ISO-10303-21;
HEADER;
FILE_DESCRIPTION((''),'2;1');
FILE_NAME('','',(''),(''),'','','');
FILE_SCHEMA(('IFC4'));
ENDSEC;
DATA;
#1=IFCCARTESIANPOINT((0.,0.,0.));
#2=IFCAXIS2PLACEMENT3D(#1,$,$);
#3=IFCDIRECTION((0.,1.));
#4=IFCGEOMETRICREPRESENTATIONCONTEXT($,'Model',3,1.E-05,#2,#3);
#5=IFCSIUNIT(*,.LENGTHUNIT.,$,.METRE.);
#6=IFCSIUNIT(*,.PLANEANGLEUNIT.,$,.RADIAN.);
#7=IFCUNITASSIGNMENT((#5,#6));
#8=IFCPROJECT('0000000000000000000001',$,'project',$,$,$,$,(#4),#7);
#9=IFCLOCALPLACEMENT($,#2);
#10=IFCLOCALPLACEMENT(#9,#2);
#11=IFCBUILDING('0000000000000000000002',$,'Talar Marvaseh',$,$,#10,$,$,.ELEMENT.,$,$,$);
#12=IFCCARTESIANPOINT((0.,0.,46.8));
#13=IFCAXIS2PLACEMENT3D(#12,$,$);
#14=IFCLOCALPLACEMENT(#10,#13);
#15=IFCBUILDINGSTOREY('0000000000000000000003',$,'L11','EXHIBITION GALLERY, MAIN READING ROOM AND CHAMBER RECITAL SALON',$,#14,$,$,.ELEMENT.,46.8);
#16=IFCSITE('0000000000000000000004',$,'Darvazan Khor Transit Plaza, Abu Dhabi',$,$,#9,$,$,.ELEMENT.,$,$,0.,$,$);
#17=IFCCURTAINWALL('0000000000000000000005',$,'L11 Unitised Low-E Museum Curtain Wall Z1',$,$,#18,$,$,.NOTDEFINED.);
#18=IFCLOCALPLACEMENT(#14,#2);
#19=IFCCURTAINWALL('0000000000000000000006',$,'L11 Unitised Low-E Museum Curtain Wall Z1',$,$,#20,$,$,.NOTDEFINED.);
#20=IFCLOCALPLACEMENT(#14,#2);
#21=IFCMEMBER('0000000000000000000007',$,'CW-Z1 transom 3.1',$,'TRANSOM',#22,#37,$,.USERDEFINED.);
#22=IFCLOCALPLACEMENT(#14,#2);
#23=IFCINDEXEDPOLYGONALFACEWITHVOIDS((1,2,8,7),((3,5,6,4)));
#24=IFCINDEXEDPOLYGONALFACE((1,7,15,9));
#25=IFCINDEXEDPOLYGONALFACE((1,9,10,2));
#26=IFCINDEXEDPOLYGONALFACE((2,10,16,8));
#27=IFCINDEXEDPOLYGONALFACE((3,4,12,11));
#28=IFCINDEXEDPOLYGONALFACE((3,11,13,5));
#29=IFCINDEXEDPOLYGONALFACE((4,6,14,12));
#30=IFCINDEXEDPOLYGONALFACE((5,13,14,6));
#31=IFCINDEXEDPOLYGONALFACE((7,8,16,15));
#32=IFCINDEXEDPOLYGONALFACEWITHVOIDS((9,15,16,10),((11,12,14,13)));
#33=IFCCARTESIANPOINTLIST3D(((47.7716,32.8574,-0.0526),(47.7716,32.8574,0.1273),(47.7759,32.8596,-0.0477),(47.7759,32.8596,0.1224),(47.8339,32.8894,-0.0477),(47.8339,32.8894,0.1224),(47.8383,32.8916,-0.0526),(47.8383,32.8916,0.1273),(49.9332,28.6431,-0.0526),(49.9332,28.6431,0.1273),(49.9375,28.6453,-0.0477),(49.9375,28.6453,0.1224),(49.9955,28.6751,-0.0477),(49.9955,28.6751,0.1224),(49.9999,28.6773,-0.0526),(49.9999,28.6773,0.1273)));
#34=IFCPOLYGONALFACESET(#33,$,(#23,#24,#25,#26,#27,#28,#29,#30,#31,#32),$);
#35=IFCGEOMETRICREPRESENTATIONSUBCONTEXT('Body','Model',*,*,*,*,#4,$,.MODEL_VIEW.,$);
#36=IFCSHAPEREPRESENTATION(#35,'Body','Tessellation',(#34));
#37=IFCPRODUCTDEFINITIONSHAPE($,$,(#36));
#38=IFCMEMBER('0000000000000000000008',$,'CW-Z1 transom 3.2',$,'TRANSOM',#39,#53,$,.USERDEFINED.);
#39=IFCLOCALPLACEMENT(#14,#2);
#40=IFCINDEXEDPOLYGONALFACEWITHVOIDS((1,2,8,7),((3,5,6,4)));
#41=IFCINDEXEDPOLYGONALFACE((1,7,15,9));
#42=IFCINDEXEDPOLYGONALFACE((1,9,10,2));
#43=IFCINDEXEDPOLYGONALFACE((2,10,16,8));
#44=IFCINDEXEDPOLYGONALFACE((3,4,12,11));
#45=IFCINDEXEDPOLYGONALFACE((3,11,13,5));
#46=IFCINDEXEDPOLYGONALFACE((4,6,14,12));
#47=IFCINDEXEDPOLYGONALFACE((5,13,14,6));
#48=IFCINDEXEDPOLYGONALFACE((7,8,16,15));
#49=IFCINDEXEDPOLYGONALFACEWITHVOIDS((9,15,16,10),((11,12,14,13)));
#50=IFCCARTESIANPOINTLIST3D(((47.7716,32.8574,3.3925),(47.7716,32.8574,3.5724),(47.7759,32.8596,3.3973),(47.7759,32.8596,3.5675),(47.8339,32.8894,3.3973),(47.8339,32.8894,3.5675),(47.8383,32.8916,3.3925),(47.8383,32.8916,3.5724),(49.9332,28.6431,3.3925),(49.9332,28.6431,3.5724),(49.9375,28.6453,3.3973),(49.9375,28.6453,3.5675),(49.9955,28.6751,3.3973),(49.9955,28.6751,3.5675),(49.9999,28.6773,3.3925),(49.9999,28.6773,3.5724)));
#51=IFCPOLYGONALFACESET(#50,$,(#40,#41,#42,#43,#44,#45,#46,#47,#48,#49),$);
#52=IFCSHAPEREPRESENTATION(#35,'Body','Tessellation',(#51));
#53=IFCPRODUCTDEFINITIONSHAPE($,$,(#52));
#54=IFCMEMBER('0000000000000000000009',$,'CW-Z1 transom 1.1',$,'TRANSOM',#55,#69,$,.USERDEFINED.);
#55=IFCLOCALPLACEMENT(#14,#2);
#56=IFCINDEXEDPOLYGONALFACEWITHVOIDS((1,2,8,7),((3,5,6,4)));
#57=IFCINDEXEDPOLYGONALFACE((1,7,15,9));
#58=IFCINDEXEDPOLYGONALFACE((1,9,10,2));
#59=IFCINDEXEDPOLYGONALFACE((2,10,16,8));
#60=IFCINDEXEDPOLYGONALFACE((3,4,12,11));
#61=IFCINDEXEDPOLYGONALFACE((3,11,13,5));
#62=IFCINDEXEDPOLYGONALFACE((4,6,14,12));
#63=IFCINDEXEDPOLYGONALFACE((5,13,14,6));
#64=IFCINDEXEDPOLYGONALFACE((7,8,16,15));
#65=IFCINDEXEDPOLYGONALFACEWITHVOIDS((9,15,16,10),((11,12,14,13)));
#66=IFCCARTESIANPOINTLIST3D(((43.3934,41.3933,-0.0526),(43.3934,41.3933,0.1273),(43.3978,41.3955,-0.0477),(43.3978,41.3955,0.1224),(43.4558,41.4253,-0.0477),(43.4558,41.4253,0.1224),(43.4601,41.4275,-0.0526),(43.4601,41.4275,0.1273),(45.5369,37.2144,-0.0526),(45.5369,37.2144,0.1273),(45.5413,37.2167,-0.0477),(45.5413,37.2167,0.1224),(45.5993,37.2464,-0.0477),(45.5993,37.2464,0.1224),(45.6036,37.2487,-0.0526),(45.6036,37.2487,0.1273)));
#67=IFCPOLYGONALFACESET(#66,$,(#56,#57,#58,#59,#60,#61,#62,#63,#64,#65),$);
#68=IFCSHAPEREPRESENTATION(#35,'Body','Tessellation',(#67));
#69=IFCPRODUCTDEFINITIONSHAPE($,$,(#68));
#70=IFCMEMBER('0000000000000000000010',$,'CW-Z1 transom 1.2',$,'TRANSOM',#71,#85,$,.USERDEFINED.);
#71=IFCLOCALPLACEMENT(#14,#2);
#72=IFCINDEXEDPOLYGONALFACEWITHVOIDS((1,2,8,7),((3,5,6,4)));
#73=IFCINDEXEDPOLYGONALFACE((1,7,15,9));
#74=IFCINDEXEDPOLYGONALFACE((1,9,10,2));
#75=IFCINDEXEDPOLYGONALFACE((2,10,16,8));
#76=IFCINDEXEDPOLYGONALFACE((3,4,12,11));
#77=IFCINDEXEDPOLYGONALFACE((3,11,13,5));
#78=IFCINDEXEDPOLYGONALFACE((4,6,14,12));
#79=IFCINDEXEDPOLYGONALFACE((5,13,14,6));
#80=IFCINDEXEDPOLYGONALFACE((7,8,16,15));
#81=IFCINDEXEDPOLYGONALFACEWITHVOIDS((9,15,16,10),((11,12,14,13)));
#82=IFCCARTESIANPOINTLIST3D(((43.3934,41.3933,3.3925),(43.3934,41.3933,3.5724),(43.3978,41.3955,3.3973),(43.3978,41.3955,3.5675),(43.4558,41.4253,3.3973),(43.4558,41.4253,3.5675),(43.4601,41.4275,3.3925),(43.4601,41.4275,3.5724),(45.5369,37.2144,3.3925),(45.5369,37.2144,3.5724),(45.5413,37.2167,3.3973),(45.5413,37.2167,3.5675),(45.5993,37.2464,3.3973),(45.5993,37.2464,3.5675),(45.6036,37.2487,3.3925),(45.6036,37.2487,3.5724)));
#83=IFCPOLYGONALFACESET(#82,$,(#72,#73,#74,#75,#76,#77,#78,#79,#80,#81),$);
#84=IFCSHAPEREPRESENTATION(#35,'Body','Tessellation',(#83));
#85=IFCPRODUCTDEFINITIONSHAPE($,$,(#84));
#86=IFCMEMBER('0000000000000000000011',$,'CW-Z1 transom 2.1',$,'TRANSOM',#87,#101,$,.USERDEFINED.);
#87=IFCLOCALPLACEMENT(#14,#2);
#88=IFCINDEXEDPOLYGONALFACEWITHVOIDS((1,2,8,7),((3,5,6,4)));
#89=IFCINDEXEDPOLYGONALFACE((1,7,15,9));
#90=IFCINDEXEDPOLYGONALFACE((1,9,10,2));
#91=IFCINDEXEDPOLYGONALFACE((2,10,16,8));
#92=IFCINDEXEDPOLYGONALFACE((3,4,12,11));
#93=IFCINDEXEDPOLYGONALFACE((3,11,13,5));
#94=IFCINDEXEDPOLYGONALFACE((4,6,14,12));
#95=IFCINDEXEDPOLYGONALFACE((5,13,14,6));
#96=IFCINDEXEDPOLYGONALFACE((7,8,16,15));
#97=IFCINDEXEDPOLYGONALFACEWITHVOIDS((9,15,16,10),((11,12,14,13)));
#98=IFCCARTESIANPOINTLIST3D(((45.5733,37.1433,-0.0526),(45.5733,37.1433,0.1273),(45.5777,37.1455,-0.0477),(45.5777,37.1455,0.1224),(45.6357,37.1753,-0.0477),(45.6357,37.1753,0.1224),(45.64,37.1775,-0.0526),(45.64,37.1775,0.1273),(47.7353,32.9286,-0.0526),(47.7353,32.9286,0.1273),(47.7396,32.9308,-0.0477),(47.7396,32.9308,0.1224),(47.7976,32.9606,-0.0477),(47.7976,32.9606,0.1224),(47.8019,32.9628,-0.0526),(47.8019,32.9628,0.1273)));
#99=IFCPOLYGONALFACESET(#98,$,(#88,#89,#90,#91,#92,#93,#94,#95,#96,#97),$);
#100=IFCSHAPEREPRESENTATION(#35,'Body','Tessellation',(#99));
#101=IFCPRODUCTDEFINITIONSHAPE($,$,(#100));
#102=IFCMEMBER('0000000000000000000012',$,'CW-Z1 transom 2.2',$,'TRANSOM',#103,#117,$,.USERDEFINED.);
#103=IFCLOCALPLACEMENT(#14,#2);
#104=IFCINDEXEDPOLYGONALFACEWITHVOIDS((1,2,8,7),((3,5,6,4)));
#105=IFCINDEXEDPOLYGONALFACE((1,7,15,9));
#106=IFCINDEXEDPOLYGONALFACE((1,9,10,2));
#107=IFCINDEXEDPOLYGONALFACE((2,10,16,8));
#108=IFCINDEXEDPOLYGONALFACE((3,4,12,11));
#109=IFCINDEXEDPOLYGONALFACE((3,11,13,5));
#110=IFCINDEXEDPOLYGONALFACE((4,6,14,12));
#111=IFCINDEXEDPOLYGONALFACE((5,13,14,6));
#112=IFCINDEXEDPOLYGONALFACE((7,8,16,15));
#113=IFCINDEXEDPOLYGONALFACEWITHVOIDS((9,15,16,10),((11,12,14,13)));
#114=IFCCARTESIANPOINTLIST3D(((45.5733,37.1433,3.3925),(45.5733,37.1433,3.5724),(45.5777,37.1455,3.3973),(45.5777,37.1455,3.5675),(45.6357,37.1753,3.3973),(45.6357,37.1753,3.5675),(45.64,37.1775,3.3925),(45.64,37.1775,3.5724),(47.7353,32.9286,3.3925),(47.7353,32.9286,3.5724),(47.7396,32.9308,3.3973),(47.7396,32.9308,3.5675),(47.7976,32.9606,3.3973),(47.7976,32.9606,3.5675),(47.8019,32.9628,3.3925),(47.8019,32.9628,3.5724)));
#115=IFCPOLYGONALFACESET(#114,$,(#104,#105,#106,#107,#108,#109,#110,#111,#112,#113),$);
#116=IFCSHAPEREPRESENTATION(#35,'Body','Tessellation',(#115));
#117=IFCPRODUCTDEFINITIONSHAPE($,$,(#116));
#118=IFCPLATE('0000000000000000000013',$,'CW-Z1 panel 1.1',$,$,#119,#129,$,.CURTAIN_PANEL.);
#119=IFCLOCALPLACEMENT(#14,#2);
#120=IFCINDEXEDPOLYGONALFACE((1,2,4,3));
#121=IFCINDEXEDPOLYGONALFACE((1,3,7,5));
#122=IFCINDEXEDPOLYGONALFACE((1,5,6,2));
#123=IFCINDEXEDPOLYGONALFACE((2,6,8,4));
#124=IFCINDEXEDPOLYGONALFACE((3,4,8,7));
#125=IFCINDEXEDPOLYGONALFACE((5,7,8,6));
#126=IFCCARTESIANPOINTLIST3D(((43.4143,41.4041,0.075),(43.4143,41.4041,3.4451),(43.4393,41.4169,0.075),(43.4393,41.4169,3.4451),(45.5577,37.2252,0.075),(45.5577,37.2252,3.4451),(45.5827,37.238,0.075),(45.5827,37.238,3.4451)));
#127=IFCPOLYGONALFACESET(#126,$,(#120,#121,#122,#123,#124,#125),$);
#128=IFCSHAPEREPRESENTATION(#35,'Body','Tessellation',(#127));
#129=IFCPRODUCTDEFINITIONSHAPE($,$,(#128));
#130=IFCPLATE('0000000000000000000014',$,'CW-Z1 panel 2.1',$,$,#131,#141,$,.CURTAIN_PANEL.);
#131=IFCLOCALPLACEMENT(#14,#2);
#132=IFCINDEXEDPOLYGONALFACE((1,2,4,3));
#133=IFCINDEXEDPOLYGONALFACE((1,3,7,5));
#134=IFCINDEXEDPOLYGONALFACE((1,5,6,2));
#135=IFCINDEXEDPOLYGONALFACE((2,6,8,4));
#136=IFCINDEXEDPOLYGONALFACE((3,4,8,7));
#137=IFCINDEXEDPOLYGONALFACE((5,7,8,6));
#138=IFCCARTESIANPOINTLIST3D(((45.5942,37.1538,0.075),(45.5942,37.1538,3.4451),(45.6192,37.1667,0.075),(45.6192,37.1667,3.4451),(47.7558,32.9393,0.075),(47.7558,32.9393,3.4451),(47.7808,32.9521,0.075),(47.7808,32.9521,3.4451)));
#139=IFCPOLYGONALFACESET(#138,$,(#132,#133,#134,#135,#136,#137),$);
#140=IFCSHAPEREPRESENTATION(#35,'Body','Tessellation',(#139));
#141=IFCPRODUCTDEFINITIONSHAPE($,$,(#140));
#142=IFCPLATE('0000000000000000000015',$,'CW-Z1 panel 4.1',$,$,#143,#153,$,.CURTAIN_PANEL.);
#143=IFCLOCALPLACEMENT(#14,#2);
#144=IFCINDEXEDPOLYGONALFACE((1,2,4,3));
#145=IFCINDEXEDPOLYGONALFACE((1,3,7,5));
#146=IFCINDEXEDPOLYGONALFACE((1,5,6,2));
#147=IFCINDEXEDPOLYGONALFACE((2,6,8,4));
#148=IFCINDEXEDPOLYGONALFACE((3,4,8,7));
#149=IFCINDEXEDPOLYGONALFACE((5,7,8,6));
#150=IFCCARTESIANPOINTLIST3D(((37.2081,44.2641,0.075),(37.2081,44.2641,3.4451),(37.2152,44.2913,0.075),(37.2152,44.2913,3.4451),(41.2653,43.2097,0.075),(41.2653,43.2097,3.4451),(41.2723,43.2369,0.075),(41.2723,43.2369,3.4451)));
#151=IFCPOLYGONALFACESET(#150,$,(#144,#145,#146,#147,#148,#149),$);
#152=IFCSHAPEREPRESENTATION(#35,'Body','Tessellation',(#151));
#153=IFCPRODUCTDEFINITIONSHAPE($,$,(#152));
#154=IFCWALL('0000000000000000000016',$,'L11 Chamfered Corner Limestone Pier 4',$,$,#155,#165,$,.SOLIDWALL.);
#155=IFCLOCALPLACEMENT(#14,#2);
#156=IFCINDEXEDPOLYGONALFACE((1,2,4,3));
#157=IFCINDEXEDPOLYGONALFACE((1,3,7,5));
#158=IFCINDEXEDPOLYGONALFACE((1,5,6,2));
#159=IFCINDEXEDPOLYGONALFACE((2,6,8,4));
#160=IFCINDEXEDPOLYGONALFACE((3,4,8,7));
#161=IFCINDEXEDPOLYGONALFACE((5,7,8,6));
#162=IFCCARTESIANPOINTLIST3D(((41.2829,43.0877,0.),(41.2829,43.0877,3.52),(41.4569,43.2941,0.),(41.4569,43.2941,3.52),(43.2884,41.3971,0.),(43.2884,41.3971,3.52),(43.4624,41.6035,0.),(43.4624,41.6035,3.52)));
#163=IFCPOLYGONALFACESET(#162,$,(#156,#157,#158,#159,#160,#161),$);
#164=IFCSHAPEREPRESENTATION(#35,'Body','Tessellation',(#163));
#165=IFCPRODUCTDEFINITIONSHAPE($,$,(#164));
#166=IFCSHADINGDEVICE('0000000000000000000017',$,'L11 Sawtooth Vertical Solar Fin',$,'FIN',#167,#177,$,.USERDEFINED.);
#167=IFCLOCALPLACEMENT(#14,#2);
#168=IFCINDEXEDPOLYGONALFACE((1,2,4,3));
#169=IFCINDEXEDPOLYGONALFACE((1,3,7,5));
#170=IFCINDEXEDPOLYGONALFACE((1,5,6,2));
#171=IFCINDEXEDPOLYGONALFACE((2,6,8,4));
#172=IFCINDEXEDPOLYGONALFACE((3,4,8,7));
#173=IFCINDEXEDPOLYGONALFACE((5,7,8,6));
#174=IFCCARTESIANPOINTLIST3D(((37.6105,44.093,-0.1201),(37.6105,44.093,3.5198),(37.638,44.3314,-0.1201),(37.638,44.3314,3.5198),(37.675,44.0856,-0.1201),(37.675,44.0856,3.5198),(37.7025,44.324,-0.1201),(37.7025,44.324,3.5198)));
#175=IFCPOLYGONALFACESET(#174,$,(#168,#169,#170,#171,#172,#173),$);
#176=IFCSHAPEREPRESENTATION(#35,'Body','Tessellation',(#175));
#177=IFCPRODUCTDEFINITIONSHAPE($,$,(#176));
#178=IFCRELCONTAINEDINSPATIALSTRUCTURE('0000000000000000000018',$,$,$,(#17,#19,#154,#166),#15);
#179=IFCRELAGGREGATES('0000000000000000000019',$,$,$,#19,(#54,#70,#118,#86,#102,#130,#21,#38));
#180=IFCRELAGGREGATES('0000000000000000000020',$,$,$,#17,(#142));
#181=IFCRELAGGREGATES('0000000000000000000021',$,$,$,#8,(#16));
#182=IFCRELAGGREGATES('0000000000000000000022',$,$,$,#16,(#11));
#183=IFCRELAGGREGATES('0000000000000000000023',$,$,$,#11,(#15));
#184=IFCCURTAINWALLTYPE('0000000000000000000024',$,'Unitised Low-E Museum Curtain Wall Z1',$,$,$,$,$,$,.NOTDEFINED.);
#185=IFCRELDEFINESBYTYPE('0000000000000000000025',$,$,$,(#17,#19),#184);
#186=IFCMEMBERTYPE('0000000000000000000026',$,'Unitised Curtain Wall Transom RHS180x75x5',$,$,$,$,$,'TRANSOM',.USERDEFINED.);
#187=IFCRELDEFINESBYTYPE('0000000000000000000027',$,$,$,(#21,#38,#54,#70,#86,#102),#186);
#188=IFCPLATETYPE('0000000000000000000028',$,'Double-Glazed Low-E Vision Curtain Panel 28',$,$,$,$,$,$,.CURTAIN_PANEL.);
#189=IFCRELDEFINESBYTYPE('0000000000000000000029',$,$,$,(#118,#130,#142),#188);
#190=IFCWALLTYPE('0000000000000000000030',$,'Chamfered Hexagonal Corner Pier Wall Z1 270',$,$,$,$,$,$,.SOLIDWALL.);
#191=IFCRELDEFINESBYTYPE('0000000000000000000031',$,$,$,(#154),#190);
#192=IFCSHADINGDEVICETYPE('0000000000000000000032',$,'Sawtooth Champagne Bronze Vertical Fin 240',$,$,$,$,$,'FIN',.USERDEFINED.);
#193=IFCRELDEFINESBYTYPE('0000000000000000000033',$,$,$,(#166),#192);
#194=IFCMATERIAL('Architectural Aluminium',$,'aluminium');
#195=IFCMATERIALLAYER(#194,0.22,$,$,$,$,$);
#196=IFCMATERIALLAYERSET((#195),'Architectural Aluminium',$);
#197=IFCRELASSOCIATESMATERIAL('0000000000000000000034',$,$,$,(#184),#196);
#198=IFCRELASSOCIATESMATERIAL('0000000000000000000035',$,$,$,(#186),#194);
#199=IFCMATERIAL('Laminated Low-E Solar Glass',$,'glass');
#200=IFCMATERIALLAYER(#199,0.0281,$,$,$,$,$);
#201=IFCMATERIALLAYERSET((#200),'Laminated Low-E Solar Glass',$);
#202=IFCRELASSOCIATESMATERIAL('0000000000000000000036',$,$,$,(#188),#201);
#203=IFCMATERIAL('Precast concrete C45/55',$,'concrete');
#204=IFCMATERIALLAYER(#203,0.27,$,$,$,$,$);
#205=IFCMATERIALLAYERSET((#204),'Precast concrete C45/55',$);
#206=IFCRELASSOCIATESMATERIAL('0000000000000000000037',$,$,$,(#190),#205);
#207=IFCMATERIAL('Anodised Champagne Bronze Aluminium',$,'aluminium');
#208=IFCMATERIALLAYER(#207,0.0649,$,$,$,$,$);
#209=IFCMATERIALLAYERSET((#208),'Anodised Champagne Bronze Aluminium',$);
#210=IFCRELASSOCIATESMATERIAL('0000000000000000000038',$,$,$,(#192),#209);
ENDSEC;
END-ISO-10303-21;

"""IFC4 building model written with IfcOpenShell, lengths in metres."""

from ifc_helpers import new_model, si_unit, direction, frame, frame_2d, origin, origin_2d, place, context, subcontext, project, spatial, rectangle, hollow_rectangle, extrude, source, transform, mapped, material, layer, layer_set, material_profile, profile_set, type_object, type_shapes, element, aggregate, save


model = new_model("IFC4")

# Units and contexts
model_context = context("Model", 3, precision=1e-05, world=origin(), true_north=direction((0.0, 1.0)))
body_context = subcontext(model_context, "Body", "Model", "MODEL_VIEW")
ifc_project = project(units=[si_unit("LENGTHUNIT", "METRE"), si_unit("PLANEANGLEUNIT", "RADIAN")], contexts=[model_context])

# Site, building, storey
site_placement = place(None, origin())
site = spatial("IfcSite", under=ifc_project, at=site_placement, Name="Darvazan Khor Transit Plaza, Abu Dhabi", CompositionType="ELEMENT", RefElevation=0.0)
building_placement = place(site_placement, origin())
building = spatial("IfcBuilding", under=site, at=building_placement, Name="Talar Marvaseh", CompositionType="ELEMENT")
storey_placement = place(building_placement, frame((0.0, 0.0, 46.8)))
storey = spatial("IfcBuildingStorey", under=building, at=storey_placement, Name="L11", Description="EXHIBITION GALLERY, MAIN READING ROOM AND CHAMBER RECITAL SALON", CompositionType="ELEMENT", Elevation=46.8)

# Curtain wall
ifc_material_1 = material(Name="Architectural Aluminium", Category="aluminium")
ifc_layer_1 = layer(ifc_material_1, 0.22)
ifc_layer_set_1 = layer_set([ifc_layer_1], Name="Architectural Aluminium")
curtain_wall_type = type_object("IfcCurtainWallType", Name="Unitised Low-E Museum Curtain Wall Z1", PredefinedType="NOTDEFINED", material=ifc_layer_set_1)
curtain_wall_1_placement = place(storey_placement, origin())
curtain_wall_1 = element("IfcCurtainWall", 1, at=curtain_wall_1_placement, inside=storey, type_object=curtain_wall_type, Name="L11 Unitised Low-E Museum Curtain Wall Z1", PredefinedType="NOTDEFINED")

# Curtain wall, members, plates
curtain_wall_2_placement = place(storey_placement, origin())
curtain_wall_2 = element("IfcCurtainWall", 2, at=curtain_wall_2_placement, inside=storey, type_object=curtain_wall_type, Name="L11 Unitised Low-E Museum Curtain Wall Z1", PredefinedType="NOTDEFINED")
ifc_material_profile_1 = material_profile(ifc_material_1, hollow_rectangle(XDim=0.075, YDim=0.1799, WallThickness=0.0049, at=origin_2d()), Name="RHS180x75x5")
ifc_profile_set_1 = profile_set([ifc_material_profile_1], Name="Architectural Aluminium")
member_type_1 = type_object("IfcMemberType", Name="Unitised Curtain Wall Transom RHS180x75x5", ElementType="TRANSOM", PredefinedType="USERDEFINED", material=ifc_profile_set_1)
shared_shape_1 = source(origin(), body_context, "Body", "SweptSolid", [
    extrude(hollow_rectangle(XDim=0.075, YDim=0.1799, WallThickness=0.0049, at=origin_2d()), origin(), (0.0, 0.0, 1.0), 4.7363),
])
member_1_placement = place(storey_placement, frame((47.8049, 32.8745, 0.0374), z_axis=(0.456386, -0.889782, 0.0), x_axis=(0.889782, 0.456386, 0.0)))
member_1 = element("IfcMember", 3, at=member_1_placement, type_object=member_type_1, Name="CW-Z1 transom 3.1", ObjectType="TRANSOM", PredefinedType="USERDEFINED", context=body_context, shape_type="MappedRepresentation", body=[
    mapped(shared_shape_1, transform((0.0, 0.0, 0.0), x_axis=(1.0, 0.0, 0.0), y_axis=(0.0, 1.0, 0.0), z_axis=(0.0, 0.0, 1.0), scale=1.0)),
])
member_2_placement = place(storey_placement, frame((47.8049, 32.8745, 3.4824), z_axis=(0.456386, -0.889782, 0.0), x_axis=(0.889782, 0.456386, 0.0)))
member_2 = element("IfcMember", 4, at=member_2_placement, type_object=member_type_1, Name="CW-Z1 transom 3.2", ObjectType="TRANSOM", PredefinedType="USERDEFINED", context=body_context, shape_type="MappedRepresentation", body=[
    mapped(shared_shape_1, transform((0.0, 0.0, 0.0), x_axis=(1.0, 0.0, 0.0), y_axis=(0.0, 1.0, 0.0), z_axis=(0.0, 0.0, 1.0), scale=1.0)),
])
shared_shape_2 = source(origin(), body_context, "Body", "SweptSolid", [
    extrude(hollow_rectangle(XDim=0.075, YDim=0.1799, WallThickness=0.0049, at=origin_2d()), origin(), (0.0, 0.0, 1.0), 4.6965),
])
member_3_placement = place(storey_placement, frame((43.4268, 41.4104, 0.0374), z_axis=(0.456401, -0.889774, 0.0), x_axis=(0.889774, 0.456401, 0.0)))
member_3 = element("IfcMember", 5, at=member_3_placement, type_object=member_type_1, Name="CW-Z1 transom 1.1", ObjectType="TRANSOM", PredefinedType="USERDEFINED", context=body_context, shape_type="MappedRepresentation", body=[
    mapped(shared_shape_2, transform((0.0, 0.0, 0.0), x_axis=(1.0, 0.0, 0.0), y_axis=(0.0, 1.0, 0.0), z_axis=(0.0, 0.0, 1.0), scale=1.0)),
])
member_4_placement = place(storey_placement, frame((43.4268, 41.4104, 3.4824), z_axis=(0.456401, -0.889774, 0.0), x_axis=(0.889774, 0.456401, 0.0)))
member_4 = element("IfcMember", 6, at=member_4_placement, type_object=member_type_1, Name="CW-Z1 transom 1.2", ObjectType="TRANSOM", PredefinedType="USERDEFINED", context=body_context, shape_type="MappedRepresentation", body=[
    mapped(shared_shape_2, transform((0.0, 0.0, 0.0), x_axis=(1.0, 0.0, 0.0), y_axis=(0.0, 1.0, 0.0), z_axis=(0.0, 0.0, 1.0), scale=1.0)),
])
shared_shape_3 = source(origin(), body_context, "Body", "SweptSolid", [
    extrude(hollow_rectangle(XDim=0.075, YDim=0.1799, WallThickness=0.0049, at=origin_2d()), origin(), (0.0, 0.0, 1.0), 4.7368),
])
type_shapes(member_type_1, [shared_shape_1, shared_shape_2, shared_shape_3])
member_5_placement = place(storey_placement, frame((45.6067, 37.1604, 0.0374), z_axis=(0.456406, -0.889772, 0.0), x_axis=(0.889772, 0.456406, 0.0)))
member_5 = element("IfcMember", 7, at=member_5_placement, type_object=member_type_1, Name="CW-Z1 transom 2.1", ObjectType="TRANSOM", PredefinedType="USERDEFINED", context=body_context, shape_type="MappedRepresentation", body=[
    mapped(shared_shape_3, transform((0.0, 0.0, 0.0), x_axis=(1.0, 0.0, 0.0), y_axis=(0.0, 1.0, 0.0), z_axis=(0.0, 0.0, 1.0), scale=1.0)),
])
member_6_placement = place(storey_placement, frame((45.6067, 37.1604, 3.4824), z_axis=(0.456406, -0.889772, 0.0), x_axis=(0.889772, 0.456406, 0.0)))
member_6 = element("IfcMember", 8, at=member_6_placement, type_object=member_type_1, Name="CW-Z1 transom 2.2", ObjectType="TRANSOM", PredefinedType="USERDEFINED", context=body_context, shape_type="MappedRepresentation", body=[
    mapped(shared_shape_3, transform((0.0, 0.0, 0.0), x_axis=(1.0, 0.0, 0.0), y_axis=(0.0, 1.0, 0.0), z_axis=(0.0, 0.0, 1.0), scale=1.0)),
])
ifc_material_2 = material(Name="Laminated Low-E Solar Glass", Category="glass")
ifc_layer_2 = layer(ifc_material_2, 0.0281)
ifc_layer_set_2 = layer_set([ifc_layer_2], Name="Laminated Low-E Solar Glass")
plate_type = type_object("IfcPlateType", Name="Double-Glazed Low-E Vision Curtain Panel 28", PredefinedType="CURTAIN_PANEL", material=ifc_layer_set_2)
shared_shape_4 = source(origin(), body_context, "Body", "SweptSolid", [
    extrude(rectangle(XDim=4.6965, YDim=0.0281, at=origin_2d()), origin(), (0.0, 0.0, 1.0), 3.3701),
])
plate_1_placement = place(storey_placement, frame((44.4985, 39.321, 0.075), z_axis=(0.0, 0.0, 1.0), x_axis=(0.456379, -0.889785, 0.0)))
plate_1 = element("IfcPlate", 9, at=plate_1_placement, type_object=plate_type, Name="CW-Z1 panel 1.1", PredefinedType="CURTAIN_PANEL", context=body_context, shape_type="MappedRepresentation", body=[
    mapped(shared_shape_4, transform((0.0, 0.0, 0.0), x_axis=(1.0, 0.0, 0.0), y_axis=(0.0, 1.0, 0.0), z_axis=(0.0, 0.0, 1.0), scale=1.0)),
])
shared_shape_5 = source(origin(), body_context, "Body", "SweptSolid", [
    extrude(rectangle(XDim=4.7366, YDim=0.0281, at=origin_2d()), origin(), (0.0, 0.0, 1.0), 3.3701),
])
plate_2_placement = place(storey_placement, frame((46.6875, 35.053, 0.075), z_axis=(0.0, 0.0, 1.0), x_axis=(0.456379, -0.889785, 0.0)))
plate_2 = element("IfcPlate", 10, at=plate_2_placement, type_object=plate_type, Name="CW-Z1 panel 2.1", PredefinedType="CURTAIN_PANEL", context=body_context, shape_type="MappedRepresentation", body=[
    mapped(shared_shape_5, transform((0.0, 0.0, 0.0), x_axis=(1.0, 0.0, 0.0), y_axis=(0.0, 1.0, 0.0), z_axis=(0.0, 0.0, 1.0), scale=1.0)),
])
aggregate(curtain_wall_2, [member_3, member_4, plate_1, member_5, member_6, plate_2, member_1, member_2])

# Plate
shared_shape_6 = source(origin(), body_context, "Body", "SweptSolid", [
    extrude(rectangle(XDim=4.1919, YDim=0.0281, at=origin_2d()), origin(), (0.0, 0.0, 1.0), 3.3701),
])
type_shapes(plate_type, [shared_shape_4, shared_shape_5, shared_shape_6])
plate_3_placement = place(storey_placement, frame((39.2402, 43.7505, 0.075), z_axis=(0.0, 0.0, 1.0), x_axis=(0.967851, -0.251525, 0.0)))
plate_3 = element("IfcPlate", 11, at=plate_3_placement, type_object=plate_type, Name="CW-Z1 panel 4.1", PredefinedType="CURTAIN_PANEL", context=body_context, shape_type="MappedRepresentation", body=[
    mapped(shared_shape_6, transform((0.0, 0.0, 0.0), x_axis=(1.0, 0.0, 0.0), y_axis=(0.0, 1.0, 0.0), z_axis=(0.0, 0.0, 1.0), scale=1.0)),
])
aggregate(curtain_wall_1, [plate_3])

# Wall
ifc_material_3 = material(Name="Precast concrete C45/55", Category="concrete")
ifc_layer_3 = layer(ifc_material_3, 0.27)
ifc_layer_set_3 = layer_set([ifc_layer_3], Name="Precast concrete C45/55")
wall_type = type_object("IfcWallType", Name="Chamfered Hexagonal Corner Pier Wall Z1 270", PredefinedType="SOLIDWALL", material=ifc_layer_set_3)
wall_placement = place(storey_placement, frame((41.3699, 43.1909, 0.0), z_axis=(0.0, 0.0, 1.0), x_axis=(0.764585, -0.644523, 0.0)))
element("IfcWall", 12, at=wall_placement, inside=storey, type_object=wall_type, Name="L11 Chamfered Corner Limestone Pier 4", PredefinedType="SOLIDWALL", context=body_context, shape_type="SweptSolid", body=[
    extrude(rectangle(XDim=2.623, YDim=0.27, at=frame_2d((1.3115, 0.0))), origin(), (0.0, 0.0, 1.0), 3.52),
])

# Shading device
ifc_material_4 = material(Name="Anodised Champagne Bronze Aluminium", Category="aluminium")
ifc_layer_4 = layer(ifc_material_4, 0.0649)
ifc_layer_set_4 = layer_set([ifc_layer_4], Name="Anodised Champagne Bronze Aluminium")
shading_device_type = type_object("IfcShadingDeviceType", Name="Sawtooth Champagne Bronze Vertical Fin 240", ElementType="FIN", PredefinedType="USERDEFINED", material=ifc_layer_set_4)
shared_shape_7 = source(origin(), body_context, "Body", "SweptSolid", [
    extrude(rectangle(XDim=0.24, YDim=0.0649, at=origin_2d()), origin(), (0.0, 0.0, 1.0), 3.6399),
])
type_shapes(shading_device_type, [shared_shape_7])
for number, where, z_axis, x_axis, name in (
    (13, (37.6565, 44.2085, -0.1201), (0.0, 0.0, 1.0), (0.114417, 0.993433, 0.0), "L11 Sawtooth Vertical Solar Fin"),
):
    element("IfcShadingDevice", number, at=place(storey_placement, frame(where, z_axis=z_axis, x_axis=x_axis)), inside=storey, type_object=shading_device_type, Name=name, ObjectType="FIN", PredefinedType="USERDEFINED", context=body_context, shape_type="MappedRepresentation", body=[
        mapped(shared_shape_7, transform((0.0, 0.0, 0.0), x_axis=(1.0, 0.0, 0.0), y_axis=(0.0, 1.0, 0.0), z_axis=(0.0, 0.0, 1.0), scale=1.0)),
    ])

save(model, "model.ifc")
